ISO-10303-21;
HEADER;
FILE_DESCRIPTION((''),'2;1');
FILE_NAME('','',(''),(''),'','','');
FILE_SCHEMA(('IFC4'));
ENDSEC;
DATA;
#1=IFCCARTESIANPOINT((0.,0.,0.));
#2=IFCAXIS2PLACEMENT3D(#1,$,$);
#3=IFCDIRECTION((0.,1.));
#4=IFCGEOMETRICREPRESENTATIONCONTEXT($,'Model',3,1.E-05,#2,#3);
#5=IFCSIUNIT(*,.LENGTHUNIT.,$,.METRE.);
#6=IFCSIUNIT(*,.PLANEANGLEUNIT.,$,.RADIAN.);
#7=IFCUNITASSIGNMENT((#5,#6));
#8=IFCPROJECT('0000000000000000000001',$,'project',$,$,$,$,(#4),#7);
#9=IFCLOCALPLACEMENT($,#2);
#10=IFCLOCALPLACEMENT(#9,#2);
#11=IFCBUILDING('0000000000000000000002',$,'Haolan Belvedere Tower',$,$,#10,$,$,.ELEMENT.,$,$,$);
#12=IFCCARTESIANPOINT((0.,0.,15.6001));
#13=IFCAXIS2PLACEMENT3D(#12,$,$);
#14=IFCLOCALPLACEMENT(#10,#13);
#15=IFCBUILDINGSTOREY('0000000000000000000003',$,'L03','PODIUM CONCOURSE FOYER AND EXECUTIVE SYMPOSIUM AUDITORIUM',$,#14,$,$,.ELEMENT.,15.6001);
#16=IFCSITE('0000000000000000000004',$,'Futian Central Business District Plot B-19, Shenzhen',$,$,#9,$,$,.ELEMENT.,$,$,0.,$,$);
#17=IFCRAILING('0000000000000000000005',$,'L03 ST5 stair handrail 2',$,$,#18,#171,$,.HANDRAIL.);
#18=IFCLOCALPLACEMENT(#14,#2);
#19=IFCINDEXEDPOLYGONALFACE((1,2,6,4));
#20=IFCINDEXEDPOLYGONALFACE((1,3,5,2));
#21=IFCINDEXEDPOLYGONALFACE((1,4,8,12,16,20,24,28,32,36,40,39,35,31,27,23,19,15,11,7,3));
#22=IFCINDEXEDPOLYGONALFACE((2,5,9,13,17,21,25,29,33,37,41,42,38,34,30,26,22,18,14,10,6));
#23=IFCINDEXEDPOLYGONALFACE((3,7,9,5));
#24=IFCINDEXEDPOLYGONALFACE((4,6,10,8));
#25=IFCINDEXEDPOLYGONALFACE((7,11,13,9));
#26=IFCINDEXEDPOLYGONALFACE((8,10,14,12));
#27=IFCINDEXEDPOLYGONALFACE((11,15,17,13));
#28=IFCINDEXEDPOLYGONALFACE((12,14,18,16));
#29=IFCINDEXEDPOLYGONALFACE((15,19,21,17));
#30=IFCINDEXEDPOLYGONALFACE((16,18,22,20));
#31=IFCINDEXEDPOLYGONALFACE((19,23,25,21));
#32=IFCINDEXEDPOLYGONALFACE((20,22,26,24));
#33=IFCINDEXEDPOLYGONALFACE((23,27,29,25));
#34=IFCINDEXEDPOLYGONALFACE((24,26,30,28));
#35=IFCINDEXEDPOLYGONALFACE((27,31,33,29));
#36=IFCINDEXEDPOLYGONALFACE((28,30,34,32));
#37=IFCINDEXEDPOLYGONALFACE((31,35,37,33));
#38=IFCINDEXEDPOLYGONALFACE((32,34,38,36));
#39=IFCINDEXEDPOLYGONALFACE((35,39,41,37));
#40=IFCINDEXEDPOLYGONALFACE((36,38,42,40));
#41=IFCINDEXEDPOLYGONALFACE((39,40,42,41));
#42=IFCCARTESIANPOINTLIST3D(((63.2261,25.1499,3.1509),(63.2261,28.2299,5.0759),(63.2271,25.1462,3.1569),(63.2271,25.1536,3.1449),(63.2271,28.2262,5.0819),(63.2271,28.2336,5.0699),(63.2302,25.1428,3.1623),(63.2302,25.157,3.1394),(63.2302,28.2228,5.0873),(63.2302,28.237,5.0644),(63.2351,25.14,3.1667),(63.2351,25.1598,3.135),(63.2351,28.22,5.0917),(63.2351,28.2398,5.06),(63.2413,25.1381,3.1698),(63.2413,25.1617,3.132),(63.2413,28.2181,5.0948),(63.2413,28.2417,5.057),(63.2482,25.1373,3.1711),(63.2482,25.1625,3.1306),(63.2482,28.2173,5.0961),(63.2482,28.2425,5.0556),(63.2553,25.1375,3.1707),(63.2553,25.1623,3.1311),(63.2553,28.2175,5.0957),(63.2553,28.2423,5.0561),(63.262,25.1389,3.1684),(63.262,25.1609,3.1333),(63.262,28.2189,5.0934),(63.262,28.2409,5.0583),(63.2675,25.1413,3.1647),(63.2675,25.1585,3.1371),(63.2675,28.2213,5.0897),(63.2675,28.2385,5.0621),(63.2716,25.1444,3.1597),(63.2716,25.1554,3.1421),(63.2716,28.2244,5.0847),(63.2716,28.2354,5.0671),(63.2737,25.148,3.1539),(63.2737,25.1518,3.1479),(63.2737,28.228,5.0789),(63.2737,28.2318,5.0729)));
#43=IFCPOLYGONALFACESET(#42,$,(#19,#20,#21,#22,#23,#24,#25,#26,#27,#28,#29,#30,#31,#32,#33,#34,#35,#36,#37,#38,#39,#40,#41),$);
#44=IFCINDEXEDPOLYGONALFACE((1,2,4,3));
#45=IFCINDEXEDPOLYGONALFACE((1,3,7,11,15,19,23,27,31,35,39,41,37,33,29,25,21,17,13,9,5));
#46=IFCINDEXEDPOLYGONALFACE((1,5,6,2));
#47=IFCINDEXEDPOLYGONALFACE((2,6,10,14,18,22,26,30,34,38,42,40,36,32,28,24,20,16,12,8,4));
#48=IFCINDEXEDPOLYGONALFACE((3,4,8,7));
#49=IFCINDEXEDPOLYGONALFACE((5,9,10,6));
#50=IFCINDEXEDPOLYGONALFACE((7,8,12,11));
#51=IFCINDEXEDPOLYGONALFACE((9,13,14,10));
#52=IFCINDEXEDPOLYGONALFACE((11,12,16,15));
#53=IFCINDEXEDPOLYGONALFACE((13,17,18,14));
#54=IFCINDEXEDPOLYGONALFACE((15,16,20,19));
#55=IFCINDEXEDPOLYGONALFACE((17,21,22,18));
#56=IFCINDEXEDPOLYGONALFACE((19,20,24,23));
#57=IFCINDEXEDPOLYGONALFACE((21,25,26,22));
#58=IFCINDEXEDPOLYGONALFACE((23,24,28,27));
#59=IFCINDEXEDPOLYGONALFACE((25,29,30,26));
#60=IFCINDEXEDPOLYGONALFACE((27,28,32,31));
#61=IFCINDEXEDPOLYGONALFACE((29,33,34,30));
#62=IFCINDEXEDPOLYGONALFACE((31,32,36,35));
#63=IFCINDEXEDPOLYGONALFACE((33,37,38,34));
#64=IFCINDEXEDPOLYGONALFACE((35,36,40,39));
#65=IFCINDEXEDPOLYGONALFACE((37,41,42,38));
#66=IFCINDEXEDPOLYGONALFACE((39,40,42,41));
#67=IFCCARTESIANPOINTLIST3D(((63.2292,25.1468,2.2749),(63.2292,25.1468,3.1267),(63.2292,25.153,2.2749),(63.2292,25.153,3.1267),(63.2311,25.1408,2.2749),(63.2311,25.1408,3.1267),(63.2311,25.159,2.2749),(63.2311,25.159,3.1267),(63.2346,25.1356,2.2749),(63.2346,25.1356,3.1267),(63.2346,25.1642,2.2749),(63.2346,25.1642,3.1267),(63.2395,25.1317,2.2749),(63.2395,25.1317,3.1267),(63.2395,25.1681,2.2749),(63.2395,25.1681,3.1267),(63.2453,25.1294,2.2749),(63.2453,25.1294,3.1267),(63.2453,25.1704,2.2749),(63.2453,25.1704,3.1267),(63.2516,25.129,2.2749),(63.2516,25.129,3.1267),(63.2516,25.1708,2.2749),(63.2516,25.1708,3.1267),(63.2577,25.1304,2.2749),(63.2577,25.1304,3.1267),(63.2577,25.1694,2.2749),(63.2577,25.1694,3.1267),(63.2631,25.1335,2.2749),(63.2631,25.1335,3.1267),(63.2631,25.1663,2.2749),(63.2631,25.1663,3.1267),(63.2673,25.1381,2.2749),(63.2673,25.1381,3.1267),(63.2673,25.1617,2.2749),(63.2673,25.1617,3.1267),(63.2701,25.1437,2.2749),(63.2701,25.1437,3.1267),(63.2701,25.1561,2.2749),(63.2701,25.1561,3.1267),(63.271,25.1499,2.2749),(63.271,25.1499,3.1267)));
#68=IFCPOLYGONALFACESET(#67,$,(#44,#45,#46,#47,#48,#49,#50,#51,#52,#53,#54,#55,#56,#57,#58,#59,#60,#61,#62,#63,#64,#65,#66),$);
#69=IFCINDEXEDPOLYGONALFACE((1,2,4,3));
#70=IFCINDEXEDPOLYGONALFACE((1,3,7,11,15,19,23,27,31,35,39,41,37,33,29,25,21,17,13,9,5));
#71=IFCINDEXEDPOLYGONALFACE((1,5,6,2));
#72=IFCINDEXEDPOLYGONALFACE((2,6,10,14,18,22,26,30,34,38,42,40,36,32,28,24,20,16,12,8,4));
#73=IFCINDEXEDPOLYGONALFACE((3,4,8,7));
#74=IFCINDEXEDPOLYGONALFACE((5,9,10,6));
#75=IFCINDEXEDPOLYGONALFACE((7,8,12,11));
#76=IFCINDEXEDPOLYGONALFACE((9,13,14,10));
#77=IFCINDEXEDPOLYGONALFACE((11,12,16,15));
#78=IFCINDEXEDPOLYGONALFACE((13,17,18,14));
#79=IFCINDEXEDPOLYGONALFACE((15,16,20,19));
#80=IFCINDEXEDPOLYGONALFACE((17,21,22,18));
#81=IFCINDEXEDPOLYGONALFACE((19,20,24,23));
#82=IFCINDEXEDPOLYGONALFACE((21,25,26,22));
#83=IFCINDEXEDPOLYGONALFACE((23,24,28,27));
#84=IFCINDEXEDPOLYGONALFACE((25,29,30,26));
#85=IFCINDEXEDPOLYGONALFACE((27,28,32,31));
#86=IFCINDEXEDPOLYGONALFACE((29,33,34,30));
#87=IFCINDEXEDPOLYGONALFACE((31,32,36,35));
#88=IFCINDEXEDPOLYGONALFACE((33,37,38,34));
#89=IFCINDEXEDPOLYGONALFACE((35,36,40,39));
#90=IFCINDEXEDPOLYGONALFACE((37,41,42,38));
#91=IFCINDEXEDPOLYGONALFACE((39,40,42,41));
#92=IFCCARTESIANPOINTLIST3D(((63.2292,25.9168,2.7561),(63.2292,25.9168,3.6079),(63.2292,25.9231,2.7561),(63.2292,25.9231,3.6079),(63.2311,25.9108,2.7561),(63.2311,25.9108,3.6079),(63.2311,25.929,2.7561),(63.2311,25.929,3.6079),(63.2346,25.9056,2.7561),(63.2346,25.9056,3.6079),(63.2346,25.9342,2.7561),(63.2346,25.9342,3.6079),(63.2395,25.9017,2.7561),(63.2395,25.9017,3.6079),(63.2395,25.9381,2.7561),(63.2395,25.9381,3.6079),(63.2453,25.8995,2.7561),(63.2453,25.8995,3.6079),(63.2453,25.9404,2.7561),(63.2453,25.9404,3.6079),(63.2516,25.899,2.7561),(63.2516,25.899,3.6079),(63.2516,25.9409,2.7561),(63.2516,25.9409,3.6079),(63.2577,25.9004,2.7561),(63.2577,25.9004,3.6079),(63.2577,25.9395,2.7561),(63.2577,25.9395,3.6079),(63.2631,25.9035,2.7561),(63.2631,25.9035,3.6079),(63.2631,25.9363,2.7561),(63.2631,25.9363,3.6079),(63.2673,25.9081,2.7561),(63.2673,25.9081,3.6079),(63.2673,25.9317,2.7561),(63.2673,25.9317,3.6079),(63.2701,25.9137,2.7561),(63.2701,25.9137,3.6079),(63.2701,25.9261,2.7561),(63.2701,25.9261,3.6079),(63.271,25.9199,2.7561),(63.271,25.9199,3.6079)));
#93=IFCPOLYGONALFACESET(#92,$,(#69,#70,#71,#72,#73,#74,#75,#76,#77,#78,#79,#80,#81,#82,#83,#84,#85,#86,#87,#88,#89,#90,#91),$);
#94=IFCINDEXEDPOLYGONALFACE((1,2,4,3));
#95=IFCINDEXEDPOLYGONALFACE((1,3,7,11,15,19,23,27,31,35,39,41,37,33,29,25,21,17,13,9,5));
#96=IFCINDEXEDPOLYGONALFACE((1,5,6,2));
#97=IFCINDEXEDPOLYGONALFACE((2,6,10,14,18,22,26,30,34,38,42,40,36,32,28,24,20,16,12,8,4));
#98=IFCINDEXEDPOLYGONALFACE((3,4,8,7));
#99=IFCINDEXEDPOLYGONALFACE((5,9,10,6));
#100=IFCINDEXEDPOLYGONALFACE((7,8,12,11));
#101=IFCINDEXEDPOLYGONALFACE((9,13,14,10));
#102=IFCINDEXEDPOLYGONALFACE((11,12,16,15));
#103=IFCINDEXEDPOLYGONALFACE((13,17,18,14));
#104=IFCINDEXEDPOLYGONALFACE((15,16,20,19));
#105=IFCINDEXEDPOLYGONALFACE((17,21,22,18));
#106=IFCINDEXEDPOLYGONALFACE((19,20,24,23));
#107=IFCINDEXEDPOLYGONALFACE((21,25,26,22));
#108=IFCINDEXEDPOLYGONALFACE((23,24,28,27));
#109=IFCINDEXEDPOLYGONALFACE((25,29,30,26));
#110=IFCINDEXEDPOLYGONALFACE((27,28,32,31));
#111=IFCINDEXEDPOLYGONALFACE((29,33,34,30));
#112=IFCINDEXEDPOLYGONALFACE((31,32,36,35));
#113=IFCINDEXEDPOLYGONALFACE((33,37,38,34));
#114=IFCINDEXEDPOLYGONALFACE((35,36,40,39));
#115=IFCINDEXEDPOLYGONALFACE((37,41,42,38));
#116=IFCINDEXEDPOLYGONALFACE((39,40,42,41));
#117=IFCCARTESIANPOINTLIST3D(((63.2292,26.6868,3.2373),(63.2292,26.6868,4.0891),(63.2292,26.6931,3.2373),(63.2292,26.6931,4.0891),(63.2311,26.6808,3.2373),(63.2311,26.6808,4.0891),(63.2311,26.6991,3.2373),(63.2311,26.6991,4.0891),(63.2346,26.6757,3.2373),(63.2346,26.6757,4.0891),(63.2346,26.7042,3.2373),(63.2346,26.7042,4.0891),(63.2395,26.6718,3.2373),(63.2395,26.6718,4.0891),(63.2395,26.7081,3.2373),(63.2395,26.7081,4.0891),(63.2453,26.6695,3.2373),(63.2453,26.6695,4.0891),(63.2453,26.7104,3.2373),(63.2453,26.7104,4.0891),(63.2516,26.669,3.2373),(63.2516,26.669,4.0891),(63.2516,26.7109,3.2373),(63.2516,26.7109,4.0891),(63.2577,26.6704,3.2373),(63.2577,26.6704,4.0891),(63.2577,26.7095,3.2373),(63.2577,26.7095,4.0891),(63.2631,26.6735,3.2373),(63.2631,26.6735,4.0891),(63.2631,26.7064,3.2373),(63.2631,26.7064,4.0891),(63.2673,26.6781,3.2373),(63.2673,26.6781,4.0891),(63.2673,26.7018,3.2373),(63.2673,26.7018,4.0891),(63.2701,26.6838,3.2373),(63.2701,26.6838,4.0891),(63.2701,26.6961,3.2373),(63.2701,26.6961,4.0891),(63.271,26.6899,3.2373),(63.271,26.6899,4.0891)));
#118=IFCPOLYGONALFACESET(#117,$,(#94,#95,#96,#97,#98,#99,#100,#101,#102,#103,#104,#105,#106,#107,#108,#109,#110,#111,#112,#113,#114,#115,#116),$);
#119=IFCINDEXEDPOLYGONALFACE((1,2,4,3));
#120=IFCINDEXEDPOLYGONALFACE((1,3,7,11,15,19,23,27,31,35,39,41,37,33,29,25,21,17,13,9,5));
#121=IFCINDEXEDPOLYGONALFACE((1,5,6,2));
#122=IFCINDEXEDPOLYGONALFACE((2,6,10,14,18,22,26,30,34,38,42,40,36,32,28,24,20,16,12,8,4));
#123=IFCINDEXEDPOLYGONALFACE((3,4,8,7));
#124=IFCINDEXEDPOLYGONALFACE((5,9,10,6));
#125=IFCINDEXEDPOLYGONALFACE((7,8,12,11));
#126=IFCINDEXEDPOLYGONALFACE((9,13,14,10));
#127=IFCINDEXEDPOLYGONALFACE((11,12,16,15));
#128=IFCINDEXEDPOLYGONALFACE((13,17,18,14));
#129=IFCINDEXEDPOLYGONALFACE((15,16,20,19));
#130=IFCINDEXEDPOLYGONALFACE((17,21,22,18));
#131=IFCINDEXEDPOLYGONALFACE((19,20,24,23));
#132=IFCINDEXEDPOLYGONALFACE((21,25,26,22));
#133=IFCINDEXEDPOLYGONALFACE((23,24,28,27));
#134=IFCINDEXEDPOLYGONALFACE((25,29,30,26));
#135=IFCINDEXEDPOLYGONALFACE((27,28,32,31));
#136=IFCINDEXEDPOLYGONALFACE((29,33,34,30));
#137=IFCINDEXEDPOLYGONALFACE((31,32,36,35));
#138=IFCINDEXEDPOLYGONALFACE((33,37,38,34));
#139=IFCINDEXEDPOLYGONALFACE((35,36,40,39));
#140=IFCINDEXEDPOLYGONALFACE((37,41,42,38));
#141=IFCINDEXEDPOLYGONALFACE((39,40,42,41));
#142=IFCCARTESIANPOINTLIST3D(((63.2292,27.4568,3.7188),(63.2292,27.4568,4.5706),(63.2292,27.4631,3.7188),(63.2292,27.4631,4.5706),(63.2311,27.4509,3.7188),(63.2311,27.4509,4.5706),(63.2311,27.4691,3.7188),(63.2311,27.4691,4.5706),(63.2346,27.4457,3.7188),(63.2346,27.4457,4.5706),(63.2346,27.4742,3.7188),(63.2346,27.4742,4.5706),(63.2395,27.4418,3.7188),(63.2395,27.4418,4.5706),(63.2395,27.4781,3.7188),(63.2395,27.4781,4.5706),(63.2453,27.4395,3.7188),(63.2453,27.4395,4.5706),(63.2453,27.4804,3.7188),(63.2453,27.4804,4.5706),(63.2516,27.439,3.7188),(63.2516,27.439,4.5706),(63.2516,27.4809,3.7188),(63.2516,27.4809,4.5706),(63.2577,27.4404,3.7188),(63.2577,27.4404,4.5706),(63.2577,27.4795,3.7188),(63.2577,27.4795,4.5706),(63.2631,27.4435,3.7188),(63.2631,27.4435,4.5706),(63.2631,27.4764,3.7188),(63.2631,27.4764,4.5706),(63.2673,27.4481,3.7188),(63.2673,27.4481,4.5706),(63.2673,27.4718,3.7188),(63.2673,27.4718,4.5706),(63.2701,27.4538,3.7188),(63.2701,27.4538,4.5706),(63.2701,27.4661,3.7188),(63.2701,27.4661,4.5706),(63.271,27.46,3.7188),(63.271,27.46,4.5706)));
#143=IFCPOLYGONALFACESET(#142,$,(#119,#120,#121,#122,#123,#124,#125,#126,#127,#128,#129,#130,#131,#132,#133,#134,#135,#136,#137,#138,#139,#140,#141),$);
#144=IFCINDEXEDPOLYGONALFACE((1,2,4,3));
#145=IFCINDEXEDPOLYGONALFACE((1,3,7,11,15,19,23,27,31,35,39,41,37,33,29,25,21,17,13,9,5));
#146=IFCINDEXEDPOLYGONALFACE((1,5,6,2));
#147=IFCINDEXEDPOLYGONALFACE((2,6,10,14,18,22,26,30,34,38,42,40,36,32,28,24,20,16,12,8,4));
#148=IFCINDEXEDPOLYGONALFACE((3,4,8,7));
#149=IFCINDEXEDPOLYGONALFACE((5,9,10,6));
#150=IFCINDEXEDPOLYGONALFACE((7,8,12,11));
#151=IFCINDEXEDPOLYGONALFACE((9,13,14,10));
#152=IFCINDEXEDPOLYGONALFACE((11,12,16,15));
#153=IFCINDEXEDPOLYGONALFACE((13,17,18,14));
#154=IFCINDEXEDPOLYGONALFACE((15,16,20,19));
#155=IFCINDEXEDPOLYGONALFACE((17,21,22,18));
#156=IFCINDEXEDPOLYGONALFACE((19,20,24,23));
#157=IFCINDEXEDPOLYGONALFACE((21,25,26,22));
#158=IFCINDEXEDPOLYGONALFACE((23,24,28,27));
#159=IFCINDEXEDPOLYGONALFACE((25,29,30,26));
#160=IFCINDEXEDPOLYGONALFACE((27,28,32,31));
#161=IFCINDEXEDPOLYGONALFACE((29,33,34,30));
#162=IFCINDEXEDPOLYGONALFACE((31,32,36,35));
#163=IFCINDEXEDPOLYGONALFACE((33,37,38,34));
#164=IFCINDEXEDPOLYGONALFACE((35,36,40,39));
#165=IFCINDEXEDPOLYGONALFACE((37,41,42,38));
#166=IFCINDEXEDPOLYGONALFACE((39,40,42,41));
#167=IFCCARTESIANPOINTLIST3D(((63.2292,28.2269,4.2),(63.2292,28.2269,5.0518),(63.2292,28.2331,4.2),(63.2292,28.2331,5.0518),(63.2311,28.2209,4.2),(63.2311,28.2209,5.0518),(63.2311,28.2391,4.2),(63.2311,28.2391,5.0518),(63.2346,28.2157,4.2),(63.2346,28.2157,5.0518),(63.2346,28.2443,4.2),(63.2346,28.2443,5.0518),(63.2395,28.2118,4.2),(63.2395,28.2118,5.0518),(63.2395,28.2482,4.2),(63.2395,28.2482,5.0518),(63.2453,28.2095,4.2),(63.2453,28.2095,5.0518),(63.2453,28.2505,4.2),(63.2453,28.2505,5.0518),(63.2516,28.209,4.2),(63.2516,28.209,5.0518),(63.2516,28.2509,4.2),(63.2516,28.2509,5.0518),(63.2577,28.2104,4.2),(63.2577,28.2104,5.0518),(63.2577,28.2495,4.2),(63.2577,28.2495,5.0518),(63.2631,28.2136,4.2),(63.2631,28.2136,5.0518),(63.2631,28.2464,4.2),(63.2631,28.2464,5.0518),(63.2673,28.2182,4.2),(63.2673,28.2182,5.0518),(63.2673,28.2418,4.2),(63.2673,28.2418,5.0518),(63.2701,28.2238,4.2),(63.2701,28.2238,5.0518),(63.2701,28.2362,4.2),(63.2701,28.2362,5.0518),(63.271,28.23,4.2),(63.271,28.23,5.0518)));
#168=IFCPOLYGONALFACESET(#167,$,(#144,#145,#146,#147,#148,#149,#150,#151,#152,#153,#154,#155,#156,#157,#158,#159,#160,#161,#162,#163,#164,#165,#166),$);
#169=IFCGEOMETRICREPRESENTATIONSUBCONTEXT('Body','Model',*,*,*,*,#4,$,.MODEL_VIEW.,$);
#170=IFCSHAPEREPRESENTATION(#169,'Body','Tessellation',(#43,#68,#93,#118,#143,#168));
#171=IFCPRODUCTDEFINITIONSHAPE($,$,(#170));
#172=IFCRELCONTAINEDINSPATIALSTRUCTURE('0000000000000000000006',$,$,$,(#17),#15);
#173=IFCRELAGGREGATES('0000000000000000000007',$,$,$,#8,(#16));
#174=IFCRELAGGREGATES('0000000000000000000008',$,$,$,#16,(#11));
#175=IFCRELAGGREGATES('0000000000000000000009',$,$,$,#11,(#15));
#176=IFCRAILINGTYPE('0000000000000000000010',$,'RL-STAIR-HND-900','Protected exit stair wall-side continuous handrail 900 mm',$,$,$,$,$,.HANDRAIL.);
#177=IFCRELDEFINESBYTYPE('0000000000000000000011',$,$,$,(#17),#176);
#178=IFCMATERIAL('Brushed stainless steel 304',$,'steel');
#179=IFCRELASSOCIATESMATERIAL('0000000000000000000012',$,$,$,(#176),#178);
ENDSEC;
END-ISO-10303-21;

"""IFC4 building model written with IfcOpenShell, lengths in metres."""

from ifc_helpers import new_model, si_unit, direction, frame, origin, origin_2d, place, context, subcontext, project, spatial, circle, extrude, material, type_object, element, save


model = new_model("IFC4")

# Units and contexts
model_context = context("Model", 3, precision=1e-05, world=origin(), true_north=direction((0.0, 1.0)))
body_context = subcontext(model_context, "Body", "Model", "MODEL_VIEW")
ifc_project = project(units=[si_unit("LENGTHUNIT", "METRE"), si_unit("PLANEANGLEUNIT", "RADIAN")], contexts=[model_context])

# Site, building, storey
site_placement = place(None, origin())
site = spatial("IfcSite", under=ifc_project, at=site_placement, Name="Futian Central Business District Plot B-19, Shenzhen", CompositionType="ELEMENT", RefElevation=0.0)
building_placement = place(site_placement, origin())
building = spatial("IfcBuilding", under=site, at=building_placement, Name="Haolan Belvedere Tower", CompositionType="ELEMENT")
storey_placement = place(building_placement, frame((0.0, 0.0, 15.6001)))
storey = spatial("IfcBuildingStorey", under=building, at=storey_placement, Name="L03", Description="PODIUM CONCOURSE FOYER AND EXECUTIVE SYMPOSIUM AUDITORIUM", CompositionType="ELEMENT", Elevation=15.6001)

# Railing
ifc_material_1 = material(Name="Brushed stainless steel 304", Category="steel")
railing_type_1 = type_object("IfcRailingType", Name="RL-STAIR-HND-900", Description="Protected exit stair wall-side continuous handrail 900 mm", PredefinedType="HANDRAIL", material=ifc_material_1)
railing_1_placement = place(storey_placement, frame((63.25, 25.1499, 2.2749)))
element("IfcRailing", 1, at=railing_1_placement, inside=storey, type_object=railing_type_1, Name="L03 ST5 stair handrail 2", PredefinedType="HANDRAIL", context=body_context, shape_type="SweptSolid", body=[
    extrude(circle(Radius=0.0239, at=origin_2d()), frame((0.0, 0.0, 0.876), z_axis=(0.0, 0.847998, 0.529999), x_axis=(-1.0, 0.0, 0.0)), (0.0, 0.0, 1.0), 3.6321),
    extrude(circle(Radius=0.021, at=origin_2d()), origin(), (0.0, 0.0, 1.0), 0.8518),
    extrude(circle(Radius=0.021, at=origin_2d()), frame((0.0, 0.77, 0.4812)), (0.0, 0.0, 1.0), 0.8518),
    extrude(circle(Radius=0.021, at=origin_2d()), frame((0.0, 1.54, 0.9624)), (0.0, 0.0, 1.0), 0.8518),
    extrude(circle(Radius=0.021, at=origin_2d()), frame((0.0, 2.3101, 1.4438)), (0.0, 0.0, 1.0), 0.8518),
    extrude(circle(Radius=0.021, at=origin_2d()), frame((0.0, 3.0801, 1.925)), (0.0, 0.0, 1.0), 0.8518),
])

save(model, "model.ifc")
